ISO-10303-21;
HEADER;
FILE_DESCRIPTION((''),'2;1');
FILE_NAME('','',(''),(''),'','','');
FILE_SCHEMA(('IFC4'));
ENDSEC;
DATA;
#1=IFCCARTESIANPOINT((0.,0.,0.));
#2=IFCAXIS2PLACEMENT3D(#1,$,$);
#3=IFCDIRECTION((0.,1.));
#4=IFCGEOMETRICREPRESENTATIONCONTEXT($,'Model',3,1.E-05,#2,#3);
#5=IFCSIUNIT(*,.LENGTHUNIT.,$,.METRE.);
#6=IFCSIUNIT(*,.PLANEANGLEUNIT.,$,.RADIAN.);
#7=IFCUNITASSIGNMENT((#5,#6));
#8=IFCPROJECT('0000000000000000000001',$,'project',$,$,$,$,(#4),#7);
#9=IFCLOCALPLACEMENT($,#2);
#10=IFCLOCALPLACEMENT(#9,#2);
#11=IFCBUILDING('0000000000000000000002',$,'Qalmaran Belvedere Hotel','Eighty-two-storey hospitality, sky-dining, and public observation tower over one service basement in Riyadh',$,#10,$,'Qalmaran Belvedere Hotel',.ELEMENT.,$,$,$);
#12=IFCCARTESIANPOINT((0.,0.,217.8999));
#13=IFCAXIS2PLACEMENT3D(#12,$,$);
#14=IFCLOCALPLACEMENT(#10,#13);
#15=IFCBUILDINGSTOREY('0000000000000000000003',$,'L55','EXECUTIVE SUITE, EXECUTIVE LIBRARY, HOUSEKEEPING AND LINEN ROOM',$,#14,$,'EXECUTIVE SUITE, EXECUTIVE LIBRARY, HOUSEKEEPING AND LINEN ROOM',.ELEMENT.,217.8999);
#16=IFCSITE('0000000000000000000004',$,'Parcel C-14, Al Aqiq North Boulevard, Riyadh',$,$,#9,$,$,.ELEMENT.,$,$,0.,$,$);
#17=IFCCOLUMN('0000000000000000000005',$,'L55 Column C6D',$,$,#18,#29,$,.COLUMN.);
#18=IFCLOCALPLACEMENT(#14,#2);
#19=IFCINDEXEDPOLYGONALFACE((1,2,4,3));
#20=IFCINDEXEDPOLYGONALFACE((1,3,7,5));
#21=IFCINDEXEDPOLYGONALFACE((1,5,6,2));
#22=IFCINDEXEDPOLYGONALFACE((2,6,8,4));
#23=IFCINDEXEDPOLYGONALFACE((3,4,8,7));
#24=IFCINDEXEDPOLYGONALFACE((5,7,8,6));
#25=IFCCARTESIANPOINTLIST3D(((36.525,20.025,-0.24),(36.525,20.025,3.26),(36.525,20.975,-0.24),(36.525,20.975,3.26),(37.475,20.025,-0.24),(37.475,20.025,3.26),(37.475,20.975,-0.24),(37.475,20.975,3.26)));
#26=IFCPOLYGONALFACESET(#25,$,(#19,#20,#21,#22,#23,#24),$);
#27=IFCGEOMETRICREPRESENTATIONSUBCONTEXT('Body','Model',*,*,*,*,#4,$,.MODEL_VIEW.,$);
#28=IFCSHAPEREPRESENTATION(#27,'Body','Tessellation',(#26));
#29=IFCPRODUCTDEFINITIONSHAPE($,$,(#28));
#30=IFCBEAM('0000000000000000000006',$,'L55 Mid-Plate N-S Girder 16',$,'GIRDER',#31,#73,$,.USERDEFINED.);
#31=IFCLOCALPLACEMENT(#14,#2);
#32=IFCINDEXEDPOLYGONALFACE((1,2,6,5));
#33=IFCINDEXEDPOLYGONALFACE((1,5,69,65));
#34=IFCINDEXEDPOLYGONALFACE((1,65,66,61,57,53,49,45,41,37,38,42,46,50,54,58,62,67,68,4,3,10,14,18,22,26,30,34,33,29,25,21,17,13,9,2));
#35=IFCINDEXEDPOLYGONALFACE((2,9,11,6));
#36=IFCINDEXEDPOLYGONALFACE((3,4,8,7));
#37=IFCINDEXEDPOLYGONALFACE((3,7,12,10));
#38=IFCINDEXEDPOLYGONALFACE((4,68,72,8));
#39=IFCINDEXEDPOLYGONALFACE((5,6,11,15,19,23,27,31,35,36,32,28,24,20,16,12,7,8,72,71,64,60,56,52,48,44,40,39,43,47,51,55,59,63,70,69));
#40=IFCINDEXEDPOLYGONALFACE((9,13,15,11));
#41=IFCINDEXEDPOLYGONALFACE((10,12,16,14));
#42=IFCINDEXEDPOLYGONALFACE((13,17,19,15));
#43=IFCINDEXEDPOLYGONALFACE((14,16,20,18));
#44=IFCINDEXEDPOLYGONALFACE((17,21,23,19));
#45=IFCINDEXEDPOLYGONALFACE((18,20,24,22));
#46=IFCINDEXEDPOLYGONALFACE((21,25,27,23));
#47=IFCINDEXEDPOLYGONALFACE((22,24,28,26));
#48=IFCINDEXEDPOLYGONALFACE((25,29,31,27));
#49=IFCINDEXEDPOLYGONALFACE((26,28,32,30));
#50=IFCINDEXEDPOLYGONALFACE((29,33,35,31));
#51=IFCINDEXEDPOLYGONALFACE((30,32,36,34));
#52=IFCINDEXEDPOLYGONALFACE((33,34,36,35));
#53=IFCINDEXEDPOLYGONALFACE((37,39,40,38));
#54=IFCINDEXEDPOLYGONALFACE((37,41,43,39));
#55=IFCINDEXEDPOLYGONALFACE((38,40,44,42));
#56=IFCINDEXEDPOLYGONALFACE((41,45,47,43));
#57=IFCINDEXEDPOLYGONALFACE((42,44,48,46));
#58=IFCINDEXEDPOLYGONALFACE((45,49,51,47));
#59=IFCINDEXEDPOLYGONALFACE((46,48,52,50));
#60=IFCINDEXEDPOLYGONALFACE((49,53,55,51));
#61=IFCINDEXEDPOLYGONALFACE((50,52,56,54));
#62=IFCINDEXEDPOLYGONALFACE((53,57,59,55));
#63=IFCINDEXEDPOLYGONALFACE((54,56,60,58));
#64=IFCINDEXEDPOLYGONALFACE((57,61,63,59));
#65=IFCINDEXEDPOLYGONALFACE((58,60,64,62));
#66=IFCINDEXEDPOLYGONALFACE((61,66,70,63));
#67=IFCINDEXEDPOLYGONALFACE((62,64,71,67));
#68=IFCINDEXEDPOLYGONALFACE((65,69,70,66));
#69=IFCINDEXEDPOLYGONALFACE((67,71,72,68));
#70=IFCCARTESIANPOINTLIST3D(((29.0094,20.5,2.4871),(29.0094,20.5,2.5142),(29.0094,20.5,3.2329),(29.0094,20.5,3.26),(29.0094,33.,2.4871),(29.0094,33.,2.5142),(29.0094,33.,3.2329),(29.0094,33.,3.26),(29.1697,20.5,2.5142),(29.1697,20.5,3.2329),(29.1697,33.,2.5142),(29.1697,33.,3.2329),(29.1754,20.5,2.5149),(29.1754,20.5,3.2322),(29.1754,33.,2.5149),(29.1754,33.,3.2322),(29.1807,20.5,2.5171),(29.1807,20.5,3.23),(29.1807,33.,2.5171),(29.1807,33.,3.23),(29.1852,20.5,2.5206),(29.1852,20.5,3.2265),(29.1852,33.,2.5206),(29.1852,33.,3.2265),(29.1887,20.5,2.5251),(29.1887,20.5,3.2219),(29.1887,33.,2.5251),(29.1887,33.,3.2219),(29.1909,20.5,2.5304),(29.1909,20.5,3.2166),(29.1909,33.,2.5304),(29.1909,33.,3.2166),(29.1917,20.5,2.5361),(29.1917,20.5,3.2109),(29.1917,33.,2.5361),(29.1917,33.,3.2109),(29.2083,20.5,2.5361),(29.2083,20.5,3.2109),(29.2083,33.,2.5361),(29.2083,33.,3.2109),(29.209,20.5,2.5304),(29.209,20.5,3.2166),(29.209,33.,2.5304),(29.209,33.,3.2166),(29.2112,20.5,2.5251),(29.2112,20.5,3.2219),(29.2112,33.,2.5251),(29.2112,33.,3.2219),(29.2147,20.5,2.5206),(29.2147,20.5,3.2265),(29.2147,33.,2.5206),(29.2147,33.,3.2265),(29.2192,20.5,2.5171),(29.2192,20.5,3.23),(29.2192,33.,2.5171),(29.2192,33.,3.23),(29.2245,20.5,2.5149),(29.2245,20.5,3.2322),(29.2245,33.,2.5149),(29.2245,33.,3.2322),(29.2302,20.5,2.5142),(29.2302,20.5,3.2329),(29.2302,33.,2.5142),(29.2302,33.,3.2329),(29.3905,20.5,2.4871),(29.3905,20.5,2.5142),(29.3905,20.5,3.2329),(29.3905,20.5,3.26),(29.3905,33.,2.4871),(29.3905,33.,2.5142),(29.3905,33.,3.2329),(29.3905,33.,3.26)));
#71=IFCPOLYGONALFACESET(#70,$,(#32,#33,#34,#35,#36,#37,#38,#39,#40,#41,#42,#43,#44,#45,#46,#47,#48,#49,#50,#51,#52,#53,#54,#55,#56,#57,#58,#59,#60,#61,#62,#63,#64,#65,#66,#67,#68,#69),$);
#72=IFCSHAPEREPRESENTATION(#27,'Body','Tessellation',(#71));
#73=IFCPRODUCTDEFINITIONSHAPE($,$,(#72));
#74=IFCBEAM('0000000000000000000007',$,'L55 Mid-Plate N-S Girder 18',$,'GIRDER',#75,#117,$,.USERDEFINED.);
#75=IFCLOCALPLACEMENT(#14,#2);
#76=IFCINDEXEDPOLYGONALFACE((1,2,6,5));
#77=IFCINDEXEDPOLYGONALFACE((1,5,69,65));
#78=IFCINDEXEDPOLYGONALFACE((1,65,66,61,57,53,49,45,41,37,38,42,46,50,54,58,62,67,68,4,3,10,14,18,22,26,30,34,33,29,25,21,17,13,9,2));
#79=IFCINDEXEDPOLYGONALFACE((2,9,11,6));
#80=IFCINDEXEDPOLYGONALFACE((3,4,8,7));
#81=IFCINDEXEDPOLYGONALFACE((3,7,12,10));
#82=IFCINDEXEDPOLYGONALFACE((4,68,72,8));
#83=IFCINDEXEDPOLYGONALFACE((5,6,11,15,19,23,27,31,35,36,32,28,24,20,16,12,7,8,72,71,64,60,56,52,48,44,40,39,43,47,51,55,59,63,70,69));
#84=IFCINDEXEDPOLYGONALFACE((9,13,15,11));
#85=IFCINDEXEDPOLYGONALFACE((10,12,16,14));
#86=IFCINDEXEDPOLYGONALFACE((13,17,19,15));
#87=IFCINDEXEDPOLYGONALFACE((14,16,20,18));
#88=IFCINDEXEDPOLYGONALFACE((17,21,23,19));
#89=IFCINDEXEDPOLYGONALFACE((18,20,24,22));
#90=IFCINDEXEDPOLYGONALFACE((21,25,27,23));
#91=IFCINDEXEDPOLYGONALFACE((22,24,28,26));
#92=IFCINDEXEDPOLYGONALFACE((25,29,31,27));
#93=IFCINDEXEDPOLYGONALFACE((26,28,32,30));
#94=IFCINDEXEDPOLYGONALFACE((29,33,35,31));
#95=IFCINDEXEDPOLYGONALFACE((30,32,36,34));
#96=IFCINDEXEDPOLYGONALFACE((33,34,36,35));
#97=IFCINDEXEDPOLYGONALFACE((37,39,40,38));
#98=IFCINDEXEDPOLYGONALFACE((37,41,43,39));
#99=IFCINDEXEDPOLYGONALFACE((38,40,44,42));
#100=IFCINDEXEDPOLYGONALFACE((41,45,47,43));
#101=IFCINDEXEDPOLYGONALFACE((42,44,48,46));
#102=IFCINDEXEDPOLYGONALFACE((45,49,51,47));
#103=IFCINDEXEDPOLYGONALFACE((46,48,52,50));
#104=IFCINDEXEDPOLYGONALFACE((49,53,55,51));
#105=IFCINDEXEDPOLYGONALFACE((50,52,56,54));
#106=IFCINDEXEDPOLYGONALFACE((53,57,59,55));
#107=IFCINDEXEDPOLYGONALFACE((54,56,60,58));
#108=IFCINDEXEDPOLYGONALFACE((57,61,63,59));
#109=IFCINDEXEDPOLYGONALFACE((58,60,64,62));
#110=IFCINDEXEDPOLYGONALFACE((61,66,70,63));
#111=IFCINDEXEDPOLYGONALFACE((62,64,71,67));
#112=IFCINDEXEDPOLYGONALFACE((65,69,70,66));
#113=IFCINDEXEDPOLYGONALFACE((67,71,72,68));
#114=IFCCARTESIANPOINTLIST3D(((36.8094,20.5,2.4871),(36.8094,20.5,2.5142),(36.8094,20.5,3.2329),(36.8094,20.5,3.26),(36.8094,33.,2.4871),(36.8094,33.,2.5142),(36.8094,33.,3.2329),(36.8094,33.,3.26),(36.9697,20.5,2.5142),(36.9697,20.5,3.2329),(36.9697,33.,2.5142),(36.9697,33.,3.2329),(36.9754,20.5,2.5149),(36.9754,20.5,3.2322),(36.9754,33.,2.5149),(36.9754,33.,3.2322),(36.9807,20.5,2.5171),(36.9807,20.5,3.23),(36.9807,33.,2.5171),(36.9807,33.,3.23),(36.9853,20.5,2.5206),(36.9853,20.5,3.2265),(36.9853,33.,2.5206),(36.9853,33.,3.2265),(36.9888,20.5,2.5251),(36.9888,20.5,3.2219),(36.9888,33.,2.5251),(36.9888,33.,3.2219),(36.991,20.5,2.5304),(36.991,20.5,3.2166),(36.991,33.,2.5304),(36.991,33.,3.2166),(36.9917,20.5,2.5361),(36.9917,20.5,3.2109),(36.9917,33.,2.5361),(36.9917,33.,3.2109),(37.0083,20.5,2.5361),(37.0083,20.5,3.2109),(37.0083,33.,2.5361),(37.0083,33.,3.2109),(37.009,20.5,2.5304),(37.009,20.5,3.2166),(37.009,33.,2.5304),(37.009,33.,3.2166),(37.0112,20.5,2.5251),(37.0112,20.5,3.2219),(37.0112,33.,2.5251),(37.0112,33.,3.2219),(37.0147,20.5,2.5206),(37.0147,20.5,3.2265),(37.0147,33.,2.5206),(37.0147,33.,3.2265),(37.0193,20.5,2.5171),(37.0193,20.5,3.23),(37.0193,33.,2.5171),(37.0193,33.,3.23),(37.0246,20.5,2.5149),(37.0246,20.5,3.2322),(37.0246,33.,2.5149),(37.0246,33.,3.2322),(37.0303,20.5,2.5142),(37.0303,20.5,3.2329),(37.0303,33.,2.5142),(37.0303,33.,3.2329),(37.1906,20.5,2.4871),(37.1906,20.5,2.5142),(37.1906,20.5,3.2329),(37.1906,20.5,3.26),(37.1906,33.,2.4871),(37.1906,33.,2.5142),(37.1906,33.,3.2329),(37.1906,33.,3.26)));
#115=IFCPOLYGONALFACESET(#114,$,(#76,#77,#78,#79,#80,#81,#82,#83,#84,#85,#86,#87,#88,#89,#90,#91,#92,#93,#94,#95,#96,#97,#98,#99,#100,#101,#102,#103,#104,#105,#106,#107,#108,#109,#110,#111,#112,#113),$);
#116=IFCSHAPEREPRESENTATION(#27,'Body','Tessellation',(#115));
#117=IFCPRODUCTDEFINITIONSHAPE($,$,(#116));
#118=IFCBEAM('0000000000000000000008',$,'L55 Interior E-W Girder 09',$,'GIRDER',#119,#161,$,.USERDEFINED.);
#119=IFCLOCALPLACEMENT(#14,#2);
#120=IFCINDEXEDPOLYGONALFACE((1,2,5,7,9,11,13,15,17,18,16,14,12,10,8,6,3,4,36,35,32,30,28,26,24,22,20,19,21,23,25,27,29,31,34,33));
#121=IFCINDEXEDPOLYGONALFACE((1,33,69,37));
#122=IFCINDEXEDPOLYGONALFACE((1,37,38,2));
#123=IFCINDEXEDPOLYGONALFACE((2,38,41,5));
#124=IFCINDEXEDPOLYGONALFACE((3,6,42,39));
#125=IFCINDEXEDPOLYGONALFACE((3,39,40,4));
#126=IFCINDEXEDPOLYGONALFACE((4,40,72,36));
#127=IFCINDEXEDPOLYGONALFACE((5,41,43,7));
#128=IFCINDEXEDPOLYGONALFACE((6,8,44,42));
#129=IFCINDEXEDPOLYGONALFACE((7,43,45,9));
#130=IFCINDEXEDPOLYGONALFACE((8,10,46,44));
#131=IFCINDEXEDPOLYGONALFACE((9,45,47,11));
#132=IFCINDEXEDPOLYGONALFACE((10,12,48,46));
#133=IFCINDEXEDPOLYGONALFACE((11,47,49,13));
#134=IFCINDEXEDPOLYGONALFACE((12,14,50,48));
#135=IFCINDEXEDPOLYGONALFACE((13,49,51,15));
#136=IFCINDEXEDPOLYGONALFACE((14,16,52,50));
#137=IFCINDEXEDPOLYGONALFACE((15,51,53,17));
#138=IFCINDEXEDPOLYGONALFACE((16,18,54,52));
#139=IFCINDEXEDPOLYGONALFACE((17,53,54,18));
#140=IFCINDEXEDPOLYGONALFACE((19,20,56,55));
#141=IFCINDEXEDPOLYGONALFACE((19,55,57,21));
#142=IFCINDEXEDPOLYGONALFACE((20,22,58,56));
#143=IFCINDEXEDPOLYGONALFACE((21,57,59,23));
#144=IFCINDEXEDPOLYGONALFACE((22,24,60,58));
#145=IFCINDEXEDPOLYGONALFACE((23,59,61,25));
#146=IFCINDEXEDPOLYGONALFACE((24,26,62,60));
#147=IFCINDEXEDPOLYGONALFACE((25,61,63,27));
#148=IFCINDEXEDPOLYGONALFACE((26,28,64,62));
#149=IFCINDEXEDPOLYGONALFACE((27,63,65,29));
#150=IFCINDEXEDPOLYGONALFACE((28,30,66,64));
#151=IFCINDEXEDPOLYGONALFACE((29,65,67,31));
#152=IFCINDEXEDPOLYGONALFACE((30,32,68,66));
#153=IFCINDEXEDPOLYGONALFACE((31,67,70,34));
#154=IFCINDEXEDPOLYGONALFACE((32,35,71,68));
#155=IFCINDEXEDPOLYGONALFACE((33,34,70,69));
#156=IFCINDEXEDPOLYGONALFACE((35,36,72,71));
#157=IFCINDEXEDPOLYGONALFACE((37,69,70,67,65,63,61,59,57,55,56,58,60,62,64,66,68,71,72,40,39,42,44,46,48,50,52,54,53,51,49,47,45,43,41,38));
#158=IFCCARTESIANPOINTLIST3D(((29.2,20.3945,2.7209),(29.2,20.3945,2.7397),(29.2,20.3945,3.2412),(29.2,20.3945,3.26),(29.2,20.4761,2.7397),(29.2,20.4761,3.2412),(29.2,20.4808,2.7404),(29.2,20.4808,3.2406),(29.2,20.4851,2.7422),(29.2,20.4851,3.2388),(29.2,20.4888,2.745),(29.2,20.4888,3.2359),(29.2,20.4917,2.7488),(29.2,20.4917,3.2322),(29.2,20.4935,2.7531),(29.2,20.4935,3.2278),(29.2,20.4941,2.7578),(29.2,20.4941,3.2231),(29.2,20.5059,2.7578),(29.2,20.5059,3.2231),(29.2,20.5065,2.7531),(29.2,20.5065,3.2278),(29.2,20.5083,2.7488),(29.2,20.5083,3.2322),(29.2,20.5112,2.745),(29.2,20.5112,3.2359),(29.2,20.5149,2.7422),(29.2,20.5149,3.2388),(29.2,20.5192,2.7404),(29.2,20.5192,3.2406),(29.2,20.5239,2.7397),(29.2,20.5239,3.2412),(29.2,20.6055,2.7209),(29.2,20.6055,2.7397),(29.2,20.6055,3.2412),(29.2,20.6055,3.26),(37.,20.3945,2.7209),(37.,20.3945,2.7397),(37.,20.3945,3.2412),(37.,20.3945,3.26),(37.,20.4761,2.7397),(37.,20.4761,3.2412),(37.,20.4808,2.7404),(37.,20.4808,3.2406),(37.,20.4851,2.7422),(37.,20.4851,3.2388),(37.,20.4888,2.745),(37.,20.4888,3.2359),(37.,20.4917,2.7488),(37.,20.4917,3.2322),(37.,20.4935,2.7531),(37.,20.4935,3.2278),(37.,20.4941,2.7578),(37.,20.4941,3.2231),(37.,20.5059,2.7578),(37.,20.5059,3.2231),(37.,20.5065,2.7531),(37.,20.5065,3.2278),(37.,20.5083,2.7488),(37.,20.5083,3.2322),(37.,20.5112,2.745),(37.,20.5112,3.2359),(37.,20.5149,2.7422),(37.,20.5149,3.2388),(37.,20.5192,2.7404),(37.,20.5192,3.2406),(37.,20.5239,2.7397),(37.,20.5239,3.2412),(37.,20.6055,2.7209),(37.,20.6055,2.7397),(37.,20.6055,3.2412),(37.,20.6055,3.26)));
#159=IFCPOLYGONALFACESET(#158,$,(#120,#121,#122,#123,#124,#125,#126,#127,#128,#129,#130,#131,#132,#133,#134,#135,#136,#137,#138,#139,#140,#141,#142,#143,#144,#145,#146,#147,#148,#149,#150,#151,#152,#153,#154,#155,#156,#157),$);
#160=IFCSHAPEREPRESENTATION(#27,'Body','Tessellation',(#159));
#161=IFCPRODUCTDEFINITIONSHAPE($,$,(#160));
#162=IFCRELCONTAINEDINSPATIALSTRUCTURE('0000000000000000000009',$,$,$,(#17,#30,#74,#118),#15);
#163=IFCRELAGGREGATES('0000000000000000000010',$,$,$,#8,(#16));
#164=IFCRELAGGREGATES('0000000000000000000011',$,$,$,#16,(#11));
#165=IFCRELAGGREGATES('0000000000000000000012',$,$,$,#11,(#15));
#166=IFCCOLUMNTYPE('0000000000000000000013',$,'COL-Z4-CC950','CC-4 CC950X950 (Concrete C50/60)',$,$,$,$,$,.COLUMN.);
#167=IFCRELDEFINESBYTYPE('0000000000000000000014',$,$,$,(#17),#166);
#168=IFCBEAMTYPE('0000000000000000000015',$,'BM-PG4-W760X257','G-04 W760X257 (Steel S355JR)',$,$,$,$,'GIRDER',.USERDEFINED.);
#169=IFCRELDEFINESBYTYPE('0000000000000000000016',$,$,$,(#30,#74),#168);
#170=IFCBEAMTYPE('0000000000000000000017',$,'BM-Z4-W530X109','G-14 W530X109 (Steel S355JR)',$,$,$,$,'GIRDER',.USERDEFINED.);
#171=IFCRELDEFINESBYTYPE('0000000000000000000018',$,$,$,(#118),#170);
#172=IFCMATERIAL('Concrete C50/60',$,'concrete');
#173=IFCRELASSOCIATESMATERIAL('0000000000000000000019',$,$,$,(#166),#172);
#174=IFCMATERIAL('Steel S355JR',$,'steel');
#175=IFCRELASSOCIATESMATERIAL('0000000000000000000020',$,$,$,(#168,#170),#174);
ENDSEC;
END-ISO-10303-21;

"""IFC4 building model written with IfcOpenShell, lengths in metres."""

from ifc_helpers import new_model, si_unit, direction, frame, origin, origin_2d, place, context, subcontext, project, spatial, rectangle, i_section, extrude, material, material_profile, profile_set, type_object, element, save


model = new_model("IFC4")

# Units and contexts
model_context = context("Model", 3, precision=1e-05, world=origin(), true_north=direction((0.0, 1.0)))
body_context = subcontext(model_context, "Body", "Model", "MODEL_VIEW")
ifc_project = project(units=[si_unit("LENGTHUNIT", "METRE"), si_unit("PLANEANGLEUNIT", "RADIAN")], contexts=[model_context])

# Site, building, storey
site_placement = place(None, origin())
site = spatial("IfcSite", under=ifc_project, at=site_placement, Name="Parcel C-14, Al Aqiq North Boulevard, Riyadh", CompositionType="ELEMENT", RefElevation=0.0)
building_placement = place(site_placement, origin())
building = spatial("IfcBuilding", under=site, at=building_placement, Name="Qalmaran Belvedere Hotel", Description="Eighty-two-storey hospitality, sky-dining, and public observation tower over one service basement in Riyadh", LongName="Qalmaran Belvedere Hotel", CompositionType="ELEMENT")
storey_placement = place(building_placement, frame((0.0, 0.0, 217.8999)))
storey = spatial("IfcBuildingStorey", under=building, at=storey_placement, Name="L55", Description="EXECUTIVE SUITE, EXECUTIVE LIBRARY, HOUSEKEEPING AND LINEN ROOM", LongName="EXECUTIVE SUITE, EXECUTIVE LIBRARY, HOUSEKEEPING AND LINEN ROOM", CompositionType="ELEMENT", Elevation=217.8999)

# Column
ifc_material_1 = material(Name="Concrete C50/60", Category="concrete")
ifc_material_profile_1 = material_profile(ifc_material_1, rectangle(XDim=0.95, YDim=0.95, at=origin_2d()), Name="CC950X950")
ifc_profile_set_1 = profile_set([ifc_material_profile_1], Name="Concrete C50/60")
column_type = type_object("IfcColumnType", Name="COL-Z4-CC950", Description="CC-4 CC950X950 (Concrete C50/60)", PredefinedType="COLUMN", material=ifc_profile_set_1)
column_placement = place(storey_placement, frame((37.0, 20.5, -0.24), z_axis=(0.0, 0.0, 1.0), x_axis=(1.0, 0.0, 0.0)))
element("IfcColumn", 1, at=column_placement, inside=storey, type_object=column_type, Name="L55 Column C6D", PredefinedType="COLUMN", context=body_context, shape_type="SweptSolid", body=[
    extrude(rectangle(XDim=0.95, YDim=0.95, at=origin_2d()), origin(), (0.0, 0.0, 1.0), 3.5),
])

# Beams
ifc_material_2 = material(Name="Steel S355JR", Category="steel")
ifc_material_profile_2 = material_profile(ifc_material_2, i_section(OverallWidth=0.3811, OverallDepth=0.7729, WebThickness=0.0166, FlangeThickness=0.0271, FilletRadius=0.022, at=origin_2d()), Name="W760X257")
ifc_profile_set_2 = profile_set([ifc_material_profile_2], Name="Steel S355JR")
beam_type_1 = type_object("IfcBeamType", Name="BM-PG4-W760X257", Description="G-04 W760X257 (Steel S355JR)", ElementType="GIRDER", PredefinedType="USERDEFINED", material=ifc_profile_set_2)
for number, where, z_axis, x_axis, name in (
    (2, (29.2, 20.5, 2.8735), (0.0, 1.0, 0.0), (-1.0, 0.0, 0.0), "L55 Mid-Plate N-S Girder 16"),
    (3, (37.0, 20.5, 2.8735), (0.0, 1.0, 0.0), (-1.0, 0.0, 0.0), "L55 Mid-Plate N-S Girder 18"),
):
    element("IfcBeam", number, at=place(storey_placement, frame(where, z_axis=z_axis, x_axis=x_axis)), inside=storey, type_object=beam_type_1, Name=name, ObjectType="GIRDER", PredefinedType="USERDEFINED", context=body_context, shape_type="SweptSolid", body=[
        extrude(i_section(OverallWidth=0.3811, OverallDepth=0.7729, WebThickness=0.0166, FlangeThickness=0.0271, FilletRadius=0.022, at=origin_2d()), origin(), (0.0, 0.0, 1.0), 12.5),
    ])
ifc_material_profile_3 = material_profile(ifc_material_2, i_section(OverallWidth=0.2109, OverallDepth=0.5391, WebThickness=0.0117, FlangeThickness=0.0188, FilletRadius=0.0181, at=origin_2d()), Name="W530X109")
ifc_profile_set_3 = profile_set([ifc_material_profile_3], Name="Steel S355JR")
beam_type_2 = type_object("IfcBeamType", Name="BM-Z4-W530X109", Description="G-14 W530X109 (Steel S355JR)", ElementType="GIRDER", PredefinedType="USERDEFINED", material=ifc_profile_set_3)
for number, where, z_axis, x_axis, name in (
    (4, (29.2, 20.5, 2.9905), (1.0, 0.0, 0.0), (0.0, 1.0, 0.0), "L55 Interior E-W Girder 09"),
):
    element("IfcBeam", number, at=place(storey_placement, frame(where, z_axis=z_axis, x_axis=x_axis)), inside=storey, type_object=beam_type_2, Name=name, ObjectType="GIRDER", PredefinedType="USERDEFINED", context=body_context, shape_type="SweptSolid", body=[
        extrude(i_section(OverallWidth=0.2109, OverallDepth=0.5391, WebThickness=0.0117, FlangeThickness=0.0188, FilletRadius=0.0181, at=origin_2d()), origin(), (0.0, 0.0, 1.0), 7.8),
    ])

save(model, "model.ifc")
